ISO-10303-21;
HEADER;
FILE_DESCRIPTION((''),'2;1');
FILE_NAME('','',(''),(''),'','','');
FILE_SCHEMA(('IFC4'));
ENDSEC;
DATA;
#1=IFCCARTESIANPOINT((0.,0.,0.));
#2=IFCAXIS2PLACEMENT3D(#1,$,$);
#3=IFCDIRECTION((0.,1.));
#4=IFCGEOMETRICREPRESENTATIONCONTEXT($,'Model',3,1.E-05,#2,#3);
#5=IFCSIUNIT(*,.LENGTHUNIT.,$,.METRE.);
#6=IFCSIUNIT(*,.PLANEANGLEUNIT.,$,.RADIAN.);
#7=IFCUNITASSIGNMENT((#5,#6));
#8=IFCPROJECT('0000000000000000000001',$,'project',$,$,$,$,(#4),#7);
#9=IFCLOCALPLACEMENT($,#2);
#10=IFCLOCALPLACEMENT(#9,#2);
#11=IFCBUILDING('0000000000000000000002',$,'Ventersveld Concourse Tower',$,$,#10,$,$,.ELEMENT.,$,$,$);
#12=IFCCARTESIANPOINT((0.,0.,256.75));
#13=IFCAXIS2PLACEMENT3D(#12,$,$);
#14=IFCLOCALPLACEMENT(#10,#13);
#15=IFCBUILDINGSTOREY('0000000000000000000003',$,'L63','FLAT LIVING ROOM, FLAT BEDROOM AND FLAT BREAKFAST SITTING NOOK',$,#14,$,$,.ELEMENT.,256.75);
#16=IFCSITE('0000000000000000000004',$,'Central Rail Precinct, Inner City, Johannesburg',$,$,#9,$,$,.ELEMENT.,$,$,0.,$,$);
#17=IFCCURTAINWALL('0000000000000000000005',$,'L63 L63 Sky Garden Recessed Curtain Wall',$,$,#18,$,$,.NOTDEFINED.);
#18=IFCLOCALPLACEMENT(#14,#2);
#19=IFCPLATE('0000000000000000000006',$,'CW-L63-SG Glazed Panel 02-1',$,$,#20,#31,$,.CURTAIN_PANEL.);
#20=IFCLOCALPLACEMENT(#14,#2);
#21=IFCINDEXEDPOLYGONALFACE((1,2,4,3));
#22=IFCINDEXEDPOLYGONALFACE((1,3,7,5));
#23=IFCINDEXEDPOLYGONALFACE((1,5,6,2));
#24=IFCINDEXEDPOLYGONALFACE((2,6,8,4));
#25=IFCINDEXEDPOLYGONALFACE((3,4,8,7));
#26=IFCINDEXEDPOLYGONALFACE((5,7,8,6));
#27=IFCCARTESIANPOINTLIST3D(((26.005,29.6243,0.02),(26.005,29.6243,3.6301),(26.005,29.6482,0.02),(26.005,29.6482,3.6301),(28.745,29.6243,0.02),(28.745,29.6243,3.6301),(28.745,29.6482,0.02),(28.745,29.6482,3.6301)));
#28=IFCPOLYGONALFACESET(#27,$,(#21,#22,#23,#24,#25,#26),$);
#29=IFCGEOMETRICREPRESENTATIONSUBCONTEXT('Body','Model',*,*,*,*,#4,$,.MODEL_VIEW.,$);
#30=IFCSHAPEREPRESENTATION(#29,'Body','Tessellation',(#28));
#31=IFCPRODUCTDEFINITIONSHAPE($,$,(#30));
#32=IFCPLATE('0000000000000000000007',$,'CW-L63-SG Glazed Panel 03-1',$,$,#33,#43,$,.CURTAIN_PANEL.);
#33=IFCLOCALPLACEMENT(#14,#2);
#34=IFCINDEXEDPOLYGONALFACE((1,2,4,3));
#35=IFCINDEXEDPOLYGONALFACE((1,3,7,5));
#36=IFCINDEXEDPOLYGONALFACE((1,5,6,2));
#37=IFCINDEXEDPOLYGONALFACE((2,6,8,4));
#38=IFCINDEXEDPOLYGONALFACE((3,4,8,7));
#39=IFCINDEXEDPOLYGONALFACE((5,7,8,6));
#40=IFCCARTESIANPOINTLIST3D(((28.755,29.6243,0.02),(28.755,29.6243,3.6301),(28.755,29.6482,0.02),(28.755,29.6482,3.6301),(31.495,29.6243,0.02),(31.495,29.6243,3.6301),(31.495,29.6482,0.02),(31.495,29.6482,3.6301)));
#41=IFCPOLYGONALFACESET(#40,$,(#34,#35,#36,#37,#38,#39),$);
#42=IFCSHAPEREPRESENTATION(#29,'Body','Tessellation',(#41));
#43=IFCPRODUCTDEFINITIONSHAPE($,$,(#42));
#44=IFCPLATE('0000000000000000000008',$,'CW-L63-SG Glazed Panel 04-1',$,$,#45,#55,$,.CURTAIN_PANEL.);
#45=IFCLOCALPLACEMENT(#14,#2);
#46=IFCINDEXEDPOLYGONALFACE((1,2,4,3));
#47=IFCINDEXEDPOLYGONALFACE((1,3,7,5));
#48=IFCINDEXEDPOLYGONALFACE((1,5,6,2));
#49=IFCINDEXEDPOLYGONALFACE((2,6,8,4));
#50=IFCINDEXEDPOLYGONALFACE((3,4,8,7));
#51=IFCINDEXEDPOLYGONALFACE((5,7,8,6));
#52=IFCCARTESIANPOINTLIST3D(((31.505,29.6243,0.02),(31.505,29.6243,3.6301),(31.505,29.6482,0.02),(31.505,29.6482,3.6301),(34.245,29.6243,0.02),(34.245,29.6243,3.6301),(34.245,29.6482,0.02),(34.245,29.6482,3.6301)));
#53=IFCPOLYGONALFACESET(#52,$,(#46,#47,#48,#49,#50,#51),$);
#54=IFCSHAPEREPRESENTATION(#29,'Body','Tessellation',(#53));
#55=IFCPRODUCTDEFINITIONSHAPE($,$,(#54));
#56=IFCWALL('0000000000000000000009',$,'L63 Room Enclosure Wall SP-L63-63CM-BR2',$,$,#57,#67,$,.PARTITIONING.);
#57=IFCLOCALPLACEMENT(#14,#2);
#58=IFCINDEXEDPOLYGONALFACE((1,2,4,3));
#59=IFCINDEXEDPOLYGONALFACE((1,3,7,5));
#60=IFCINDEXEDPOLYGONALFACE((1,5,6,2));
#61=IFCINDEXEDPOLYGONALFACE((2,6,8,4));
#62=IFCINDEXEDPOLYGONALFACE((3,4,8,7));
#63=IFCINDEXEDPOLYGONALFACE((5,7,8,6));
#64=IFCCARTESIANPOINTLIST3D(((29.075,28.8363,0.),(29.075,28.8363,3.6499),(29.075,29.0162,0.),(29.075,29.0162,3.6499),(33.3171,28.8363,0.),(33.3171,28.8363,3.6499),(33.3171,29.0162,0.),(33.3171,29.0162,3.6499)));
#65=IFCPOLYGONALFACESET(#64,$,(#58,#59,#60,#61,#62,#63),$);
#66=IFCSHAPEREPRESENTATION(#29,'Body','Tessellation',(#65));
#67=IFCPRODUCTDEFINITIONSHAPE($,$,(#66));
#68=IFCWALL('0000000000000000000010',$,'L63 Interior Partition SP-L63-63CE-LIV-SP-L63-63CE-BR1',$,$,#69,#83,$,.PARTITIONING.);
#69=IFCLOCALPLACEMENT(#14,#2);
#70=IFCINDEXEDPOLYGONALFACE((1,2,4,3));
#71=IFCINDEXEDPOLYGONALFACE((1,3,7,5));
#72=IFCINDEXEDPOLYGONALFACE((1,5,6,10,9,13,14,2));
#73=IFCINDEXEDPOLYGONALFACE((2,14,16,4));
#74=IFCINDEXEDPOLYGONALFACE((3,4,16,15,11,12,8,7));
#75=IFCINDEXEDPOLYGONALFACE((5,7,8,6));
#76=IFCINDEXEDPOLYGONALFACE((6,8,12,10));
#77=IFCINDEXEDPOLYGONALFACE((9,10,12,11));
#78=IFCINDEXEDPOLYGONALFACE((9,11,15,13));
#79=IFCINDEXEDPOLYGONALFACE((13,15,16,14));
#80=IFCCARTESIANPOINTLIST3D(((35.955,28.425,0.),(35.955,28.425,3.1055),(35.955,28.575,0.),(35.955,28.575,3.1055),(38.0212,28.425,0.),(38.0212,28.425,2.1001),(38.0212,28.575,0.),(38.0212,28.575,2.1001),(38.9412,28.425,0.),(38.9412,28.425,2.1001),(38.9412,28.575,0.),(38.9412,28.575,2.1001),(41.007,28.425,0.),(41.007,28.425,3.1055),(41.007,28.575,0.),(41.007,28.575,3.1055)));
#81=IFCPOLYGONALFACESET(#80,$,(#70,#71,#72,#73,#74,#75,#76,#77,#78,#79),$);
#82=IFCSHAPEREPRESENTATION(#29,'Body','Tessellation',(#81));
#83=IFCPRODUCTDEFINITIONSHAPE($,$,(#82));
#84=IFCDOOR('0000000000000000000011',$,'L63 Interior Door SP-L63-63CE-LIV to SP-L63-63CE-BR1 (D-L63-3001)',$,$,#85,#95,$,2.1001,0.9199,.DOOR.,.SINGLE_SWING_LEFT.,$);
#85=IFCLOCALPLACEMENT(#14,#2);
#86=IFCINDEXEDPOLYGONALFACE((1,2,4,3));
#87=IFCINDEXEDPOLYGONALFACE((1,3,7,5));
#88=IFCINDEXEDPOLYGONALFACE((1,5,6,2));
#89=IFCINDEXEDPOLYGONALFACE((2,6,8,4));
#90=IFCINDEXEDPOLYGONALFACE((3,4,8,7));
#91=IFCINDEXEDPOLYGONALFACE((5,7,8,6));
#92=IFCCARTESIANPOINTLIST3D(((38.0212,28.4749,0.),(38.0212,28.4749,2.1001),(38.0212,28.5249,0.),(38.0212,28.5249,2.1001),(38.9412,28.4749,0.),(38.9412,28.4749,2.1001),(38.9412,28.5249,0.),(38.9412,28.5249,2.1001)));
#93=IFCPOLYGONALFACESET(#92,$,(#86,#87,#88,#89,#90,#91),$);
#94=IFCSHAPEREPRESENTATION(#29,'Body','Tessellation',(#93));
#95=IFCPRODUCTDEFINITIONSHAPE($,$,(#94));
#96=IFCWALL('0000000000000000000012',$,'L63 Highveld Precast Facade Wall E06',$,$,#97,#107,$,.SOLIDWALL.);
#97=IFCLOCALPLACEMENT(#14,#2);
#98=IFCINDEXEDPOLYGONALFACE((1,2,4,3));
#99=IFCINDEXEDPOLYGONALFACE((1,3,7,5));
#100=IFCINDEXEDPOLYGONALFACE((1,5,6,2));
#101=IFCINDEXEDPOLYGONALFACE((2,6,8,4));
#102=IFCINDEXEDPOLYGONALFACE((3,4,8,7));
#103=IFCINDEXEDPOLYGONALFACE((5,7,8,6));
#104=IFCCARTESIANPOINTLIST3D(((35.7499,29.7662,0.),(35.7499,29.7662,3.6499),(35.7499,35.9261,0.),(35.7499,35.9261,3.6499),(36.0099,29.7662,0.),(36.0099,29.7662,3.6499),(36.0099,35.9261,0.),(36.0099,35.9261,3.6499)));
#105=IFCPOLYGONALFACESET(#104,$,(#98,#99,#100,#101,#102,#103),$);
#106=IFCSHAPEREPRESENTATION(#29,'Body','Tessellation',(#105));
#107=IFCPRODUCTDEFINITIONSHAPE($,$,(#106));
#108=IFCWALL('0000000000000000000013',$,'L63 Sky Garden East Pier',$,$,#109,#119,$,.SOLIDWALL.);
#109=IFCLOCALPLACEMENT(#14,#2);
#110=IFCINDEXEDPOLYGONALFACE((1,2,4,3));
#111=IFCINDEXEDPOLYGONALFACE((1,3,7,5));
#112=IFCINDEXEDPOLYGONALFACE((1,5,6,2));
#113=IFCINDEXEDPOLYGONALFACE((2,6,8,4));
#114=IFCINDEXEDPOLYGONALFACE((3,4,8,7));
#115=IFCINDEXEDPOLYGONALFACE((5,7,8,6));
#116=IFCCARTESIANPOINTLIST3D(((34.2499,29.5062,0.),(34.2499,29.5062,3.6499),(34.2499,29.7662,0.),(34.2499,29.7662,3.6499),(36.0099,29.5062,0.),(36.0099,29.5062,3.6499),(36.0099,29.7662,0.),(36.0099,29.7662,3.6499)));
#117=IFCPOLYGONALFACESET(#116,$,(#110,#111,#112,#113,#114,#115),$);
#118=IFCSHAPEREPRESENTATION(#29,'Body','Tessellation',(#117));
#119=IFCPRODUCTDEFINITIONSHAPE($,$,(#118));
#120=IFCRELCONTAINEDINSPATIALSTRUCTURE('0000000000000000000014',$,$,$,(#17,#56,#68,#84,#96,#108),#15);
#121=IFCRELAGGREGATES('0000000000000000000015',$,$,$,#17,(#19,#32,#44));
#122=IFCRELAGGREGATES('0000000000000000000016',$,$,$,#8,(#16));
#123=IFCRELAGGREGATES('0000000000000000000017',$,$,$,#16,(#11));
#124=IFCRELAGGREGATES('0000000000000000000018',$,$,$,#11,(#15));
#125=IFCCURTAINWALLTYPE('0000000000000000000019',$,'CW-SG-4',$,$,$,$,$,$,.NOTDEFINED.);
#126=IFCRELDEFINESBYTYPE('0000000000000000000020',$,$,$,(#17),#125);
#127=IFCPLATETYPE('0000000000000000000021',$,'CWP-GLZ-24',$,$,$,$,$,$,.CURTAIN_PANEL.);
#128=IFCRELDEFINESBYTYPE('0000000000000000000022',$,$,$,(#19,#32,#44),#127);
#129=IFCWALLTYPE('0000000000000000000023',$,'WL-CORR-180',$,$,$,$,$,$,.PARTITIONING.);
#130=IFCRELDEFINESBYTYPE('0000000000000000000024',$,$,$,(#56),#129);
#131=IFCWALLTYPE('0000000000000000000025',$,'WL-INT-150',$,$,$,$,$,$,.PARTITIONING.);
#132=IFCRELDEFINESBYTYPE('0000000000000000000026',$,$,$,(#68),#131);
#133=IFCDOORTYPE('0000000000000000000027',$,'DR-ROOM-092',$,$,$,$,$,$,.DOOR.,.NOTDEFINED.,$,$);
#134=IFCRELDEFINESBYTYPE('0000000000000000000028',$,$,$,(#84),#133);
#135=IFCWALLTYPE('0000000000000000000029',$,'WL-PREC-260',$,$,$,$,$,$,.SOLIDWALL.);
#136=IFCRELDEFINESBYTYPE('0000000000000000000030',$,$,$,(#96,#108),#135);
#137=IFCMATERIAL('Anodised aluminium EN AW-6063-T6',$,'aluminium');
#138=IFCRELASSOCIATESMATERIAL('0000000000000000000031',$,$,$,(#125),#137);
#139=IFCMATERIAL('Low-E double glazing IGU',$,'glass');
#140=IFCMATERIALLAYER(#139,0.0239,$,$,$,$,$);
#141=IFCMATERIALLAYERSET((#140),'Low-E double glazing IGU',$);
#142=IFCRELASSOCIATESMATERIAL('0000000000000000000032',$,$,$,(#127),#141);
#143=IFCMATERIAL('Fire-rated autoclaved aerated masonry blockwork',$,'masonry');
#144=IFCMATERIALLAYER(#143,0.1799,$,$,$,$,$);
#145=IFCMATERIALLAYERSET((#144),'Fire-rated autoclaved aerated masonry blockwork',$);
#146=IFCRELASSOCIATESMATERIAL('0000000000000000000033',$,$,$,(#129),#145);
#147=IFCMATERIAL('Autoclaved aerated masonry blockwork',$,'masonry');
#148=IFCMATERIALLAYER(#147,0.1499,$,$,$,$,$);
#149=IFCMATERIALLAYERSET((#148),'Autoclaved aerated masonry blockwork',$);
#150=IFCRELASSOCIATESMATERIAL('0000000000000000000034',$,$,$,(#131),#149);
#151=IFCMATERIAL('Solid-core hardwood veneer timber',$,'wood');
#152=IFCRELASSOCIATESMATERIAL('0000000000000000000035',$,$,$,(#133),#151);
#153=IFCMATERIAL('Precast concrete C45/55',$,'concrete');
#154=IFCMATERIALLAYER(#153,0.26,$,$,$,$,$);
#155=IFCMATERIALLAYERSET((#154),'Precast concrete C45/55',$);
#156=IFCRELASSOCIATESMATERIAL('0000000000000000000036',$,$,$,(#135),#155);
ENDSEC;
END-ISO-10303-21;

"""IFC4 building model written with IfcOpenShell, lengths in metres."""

from ifc_helpers import new_model, si_unit, direction, frame, frame_2d, origin, origin_2d, place, context, subcontext, project, spatial, rectangle, extrude, material, layer, layer_set, type_object, element, fill, aggregate, save


model = new_model("IFC4")

# Units and contexts
model_context = context("Model", 3, precision=1e-05, world=origin(), true_north=direction((0.0, 1.0)))
body_context = subcontext(model_context, "Body", "Model", "MODEL_VIEW")
ifc_project = project(units=[si_unit("LENGTHUNIT", "METRE"), si_unit("PLANEANGLEUNIT", "RADIAN")], contexts=[model_context])

# Site, building, storey
site_placement = place(None, origin())
site = spatial("IfcSite", under=ifc_project, at=site_placement, Name="Central Rail Precinct, Inner City, Johannesburg", CompositionType="ELEMENT", RefElevation=0.0)
building_placement = place(site_placement, origin())
building = spatial("IfcBuilding", under=site, at=building_placement, Name="Ventersveld Concourse Tower", CompositionType="ELEMENT")
storey_placement = place(building_placement, frame((0.0, 0.0, 256.75)))
storey = spatial("IfcBuildingStorey", under=building, at=storey_placement, Name="L63", Description="FLAT LIVING ROOM, FLAT BEDROOM AND FLAT BREAKFAST SITTING NOOK", CompositionType="ELEMENT", Elevation=256.75)

# Curtain wall
ifc_material_1 = material(Name="Anodised aluminium EN AW-6063-T6", Category="aluminium")
curtain_wall_type = type_object("IfcCurtainWallType", Name="CW-SG-4", PredefinedType="NOTDEFINED", material=ifc_material_1)
curtain_wall_placement = place(storey_placement, origin())
curtain_wall = element("IfcCurtainWall", 1, at=curtain_wall_placement, inside=storey, type_object=curtain_wall_type, Name="L63 L63 Sky Garden Recessed Curtain Wall", PredefinedType="NOTDEFINED")

# Plates
ifc_material_2 = material(Name="Low-E double glazing IGU", Category="glass")
ifc_layer_1 = layer(ifc_material_2, 0.0239)
ifc_layer_set_1 = layer_set([ifc_layer_1], Name="Low-E double glazing IGU")
plate_type = type_object("IfcPlateType", Name="CWP-GLZ-24", PredefinedType="CURTAIN_PANEL", material=ifc_layer_set_1)
plate_1_placement = place(storey_placement, frame((27.375, 29.6362, 0.02), z_axis=(0.0, 0.0, 1.0), x_axis=(1.0, 0.0, 0.0)))
plate_1 = element("IfcPlate", 2, at=plate_1_placement, type_object=plate_type, Name="CW-L63-SG Glazed Panel 02-1", PredefinedType="CURTAIN_PANEL", context=body_context, shape_type="SweptSolid", body=[
    extrude(rectangle(XDim=2.74, YDim=0.0239, at=origin_2d()), origin(), (0.0, 0.0, 1.0), 3.6101),
])
plate_2_placement = place(storey_placement, frame((30.125, 29.6362, 0.02), z_axis=(0.0, 0.0, 1.0), x_axis=(1.0, 0.0, 0.0)))
plate_2 = element("IfcPlate", 3, at=plate_2_placement, type_object=plate_type, Name="CW-L63-SG Glazed Panel 03-1", PredefinedType="CURTAIN_PANEL", context=body_context, shape_type="SweptSolid", body=[
    extrude(rectangle(XDim=2.74, YDim=0.0239, at=origin_2d()), origin(), (0.0, 0.0, 1.0), 3.6101),
])
plate_3_placement = place(storey_placement, frame((32.875, 29.6362, 0.02), z_axis=(0.0, 0.0, 1.0), x_axis=(1.0, 0.0, 0.0)))
plate_3 = element("IfcPlate", 4, at=plate_3_placement, type_object=plate_type, Name="CW-L63-SG Glazed Panel 04-1", PredefinedType="CURTAIN_PANEL", context=body_context, shape_type="SweptSolid", body=[
    extrude(rectangle(XDim=2.74, YDim=0.0239, at=origin_2d()), origin(), (0.0, 0.0, 1.0), 3.6101),
])
aggregate(curtain_wall, [plate_1, plate_2, plate_3])

# Wall
ifc_material_3 = material(Name="Fire-rated autoclaved aerated masonry blockwork", Category="masonry")
ifc_layer_2 = layer(ifc_material_3, 0.1799)
ifc_layer_set_2 = layer_set([ifc_layer_2], Name="Fire-rated autoclaved aerated masonry blockwork")
wall_type_1 = type_object("IfcWallType", Name="WL-CORR-180", PredefinedType="PARTITIONING", material=ifc_layer_set_2)
wall_1_placement = place(storey_placement, frame((29.075, 28.9263, 0.0), z_axis=(0.0, 0.0, 1.0), x_axis=(1.0, 0.0, 0.0)))
element("IfcWall", 5, at=wall_1_placement, inside=storey, type_object=wall_type_1, Name="L63 Room Enclosure Wall SP-L63-63CM-BR2", PredefinedType="PARTITIONING", context=body_context, shape_type="SweptSolid", body=[
    extrude(rectangle(XDim=4.2422, YDim=0.1799, at=frame_2d((2.1211, 0.0))), origin(), (0.0, 0.0, 1.0), 3.6499),
])

# Wall, opening, door
ifc_material_4 = material(Name="Autoclaved aerated masonry blockwork", Category="masonry")
ifc_layer_3 = layer(ifc_material_4, 0.1499)
ifc_layer_set_3 = layer_set([ifc_layer_3], Name="Autoclaved aerated masonry blockwork")
wall_type_2 = type_object("IfcWallType", Name="WL-INT-150", PredefinedType="PARTITIONING", material=ifc_layer_set_3)
wall_2_placement = place(storey_placement, frame((35.9551, 28.5, 0.0), z_axis=(0.0, 0.0, 1.0), x_axis=(1.0, 0.0, 0.0)))
wall_2 = element("IfcWall", 6, at=wall_2_placement, inside=storey, type_object=wall_type_2, Name="L63 Interior Partition SP-L63-63CE-LIV-SP-L63-63CE-BR1", PredefinedType="PARTITIONING", context=body_context, shape_type="SweptSolid", body=[
    extrude(rectangle(XDim=5.052, YDim=0.1499, at=frame_2d((2.5259, 0.0))), origin(), (0.0, 0.0, 1.0), 3.1055),
])
opening_placement = place(wall_2_placement, frame((2.0662, 0.0, 0.0)))
opening = element("IfcOpeningElement", 7, at=opening_placement, cuts=wall_2, PredefinedType="OPENING", context=body_context, shape_type="SweptSolid", body=[
    extrude(rectangle(XDim=0.9199, YDim=2.1001, at=frame_2d((0.46, 1.05))), frame((0.0, 0.085, 0.0), z_axis=(0.0, -1.0, 0.0), x_axis=(1.0, 0.0, 0.0)), (0.0, 0.0, 1.0), 0.1699),
])
ifc_material_5 = material(Name="Solid-core hardwood veneer timber", Category="wood")
door_type = type_object("IfcDoorType", Name="DR-ROOM-092", OperationType="NOTDEFINED", PredefinedType="DOOR", material=ifc_material_5)
door_placement = place(opening_placement, origin())
door = element("IfcDoor", 8, at=door_placement, inside=storey, type_object=door_type, Name="L63 Interior Door SP-L63-63CE-LIV to SP-L63-63CE-BR1 (D-L63-3001)", OperationType="SINGLE_SWING_LEFT", OverallHeight=2.1001, OverallWidth=0.9199, PredefinedType="DOOR", context=body_context, shape_type="SweptSolid", body=[
    extrude(rectangle(XDim=0.9199, YDim=2.1001, at=frame_2d((0.46, 1.05))), frame((0.0, 0.0249, 0.0), z_axis=(0.0, -1.0, 0.0), x_axis=(1.0, 0.0, 0.0)), (0.0, 0.0, 1.0), 0.05),
])
fill(opening, door)

# Walls
ifc_material_6 = material(Name="Precast concrete C45/55", Category="concrete")
ifc_layer_4 = layer(ifc_material_6, 0.26)
ifc_layer_set_4 = layer_set([ifc_layer_4], Name="Precast concrete C45/55")
wall_type_3 = type_object("IfcWallType", Name="WL-PREC-260", PredefinedType="SOLIDWALL", material=ifc_layer_set_4)
wall_3_placement = place(storey_placement, frame((35.8799, 35.9263, 0.0), z_axis=(0.0, 0.0, 1.0), x_axis=(0.0, -1.0, 0.0)))
element("IfcWall", 9, at=wall_3_placement, inside=storey, type_object=wall_type_3, Name="L63 Highveld Precast Facade Wall E06", PredefinedType="SOLIDWALL", context=body_context, shape_type="SweptSolid", body=[
    extrude(rectangle(XDim=6.1599, YDim=0.26, at=frame_2d((3.0801, 0.0))), origin(), (0.0, 0.0, 1.0), 3.6499),
])
wall_4_placement = place(storey_placement, frame((34.25, 29.6362, 0.0), z_axis=(0.0, 0.0, 1.0), x_axis=(1.0, 0.0, 0.0)))
element("IfcWall", 10, at=wall_4_placement, inside=storey, type_object=wall_type_3, Name="L63 Sky Garden East Pier", PredefinedType="SOLIDWALL", context=body_context, shape_type="SweptSolid", body=[
    extrude(rectangle(XDim=1.76, YDim=0.26, at=frame_2d((0.8799, 0.0))), origin(), (0.0, 0.0, 1.0), 3.6499),
])

save(model, "model.ifc")
